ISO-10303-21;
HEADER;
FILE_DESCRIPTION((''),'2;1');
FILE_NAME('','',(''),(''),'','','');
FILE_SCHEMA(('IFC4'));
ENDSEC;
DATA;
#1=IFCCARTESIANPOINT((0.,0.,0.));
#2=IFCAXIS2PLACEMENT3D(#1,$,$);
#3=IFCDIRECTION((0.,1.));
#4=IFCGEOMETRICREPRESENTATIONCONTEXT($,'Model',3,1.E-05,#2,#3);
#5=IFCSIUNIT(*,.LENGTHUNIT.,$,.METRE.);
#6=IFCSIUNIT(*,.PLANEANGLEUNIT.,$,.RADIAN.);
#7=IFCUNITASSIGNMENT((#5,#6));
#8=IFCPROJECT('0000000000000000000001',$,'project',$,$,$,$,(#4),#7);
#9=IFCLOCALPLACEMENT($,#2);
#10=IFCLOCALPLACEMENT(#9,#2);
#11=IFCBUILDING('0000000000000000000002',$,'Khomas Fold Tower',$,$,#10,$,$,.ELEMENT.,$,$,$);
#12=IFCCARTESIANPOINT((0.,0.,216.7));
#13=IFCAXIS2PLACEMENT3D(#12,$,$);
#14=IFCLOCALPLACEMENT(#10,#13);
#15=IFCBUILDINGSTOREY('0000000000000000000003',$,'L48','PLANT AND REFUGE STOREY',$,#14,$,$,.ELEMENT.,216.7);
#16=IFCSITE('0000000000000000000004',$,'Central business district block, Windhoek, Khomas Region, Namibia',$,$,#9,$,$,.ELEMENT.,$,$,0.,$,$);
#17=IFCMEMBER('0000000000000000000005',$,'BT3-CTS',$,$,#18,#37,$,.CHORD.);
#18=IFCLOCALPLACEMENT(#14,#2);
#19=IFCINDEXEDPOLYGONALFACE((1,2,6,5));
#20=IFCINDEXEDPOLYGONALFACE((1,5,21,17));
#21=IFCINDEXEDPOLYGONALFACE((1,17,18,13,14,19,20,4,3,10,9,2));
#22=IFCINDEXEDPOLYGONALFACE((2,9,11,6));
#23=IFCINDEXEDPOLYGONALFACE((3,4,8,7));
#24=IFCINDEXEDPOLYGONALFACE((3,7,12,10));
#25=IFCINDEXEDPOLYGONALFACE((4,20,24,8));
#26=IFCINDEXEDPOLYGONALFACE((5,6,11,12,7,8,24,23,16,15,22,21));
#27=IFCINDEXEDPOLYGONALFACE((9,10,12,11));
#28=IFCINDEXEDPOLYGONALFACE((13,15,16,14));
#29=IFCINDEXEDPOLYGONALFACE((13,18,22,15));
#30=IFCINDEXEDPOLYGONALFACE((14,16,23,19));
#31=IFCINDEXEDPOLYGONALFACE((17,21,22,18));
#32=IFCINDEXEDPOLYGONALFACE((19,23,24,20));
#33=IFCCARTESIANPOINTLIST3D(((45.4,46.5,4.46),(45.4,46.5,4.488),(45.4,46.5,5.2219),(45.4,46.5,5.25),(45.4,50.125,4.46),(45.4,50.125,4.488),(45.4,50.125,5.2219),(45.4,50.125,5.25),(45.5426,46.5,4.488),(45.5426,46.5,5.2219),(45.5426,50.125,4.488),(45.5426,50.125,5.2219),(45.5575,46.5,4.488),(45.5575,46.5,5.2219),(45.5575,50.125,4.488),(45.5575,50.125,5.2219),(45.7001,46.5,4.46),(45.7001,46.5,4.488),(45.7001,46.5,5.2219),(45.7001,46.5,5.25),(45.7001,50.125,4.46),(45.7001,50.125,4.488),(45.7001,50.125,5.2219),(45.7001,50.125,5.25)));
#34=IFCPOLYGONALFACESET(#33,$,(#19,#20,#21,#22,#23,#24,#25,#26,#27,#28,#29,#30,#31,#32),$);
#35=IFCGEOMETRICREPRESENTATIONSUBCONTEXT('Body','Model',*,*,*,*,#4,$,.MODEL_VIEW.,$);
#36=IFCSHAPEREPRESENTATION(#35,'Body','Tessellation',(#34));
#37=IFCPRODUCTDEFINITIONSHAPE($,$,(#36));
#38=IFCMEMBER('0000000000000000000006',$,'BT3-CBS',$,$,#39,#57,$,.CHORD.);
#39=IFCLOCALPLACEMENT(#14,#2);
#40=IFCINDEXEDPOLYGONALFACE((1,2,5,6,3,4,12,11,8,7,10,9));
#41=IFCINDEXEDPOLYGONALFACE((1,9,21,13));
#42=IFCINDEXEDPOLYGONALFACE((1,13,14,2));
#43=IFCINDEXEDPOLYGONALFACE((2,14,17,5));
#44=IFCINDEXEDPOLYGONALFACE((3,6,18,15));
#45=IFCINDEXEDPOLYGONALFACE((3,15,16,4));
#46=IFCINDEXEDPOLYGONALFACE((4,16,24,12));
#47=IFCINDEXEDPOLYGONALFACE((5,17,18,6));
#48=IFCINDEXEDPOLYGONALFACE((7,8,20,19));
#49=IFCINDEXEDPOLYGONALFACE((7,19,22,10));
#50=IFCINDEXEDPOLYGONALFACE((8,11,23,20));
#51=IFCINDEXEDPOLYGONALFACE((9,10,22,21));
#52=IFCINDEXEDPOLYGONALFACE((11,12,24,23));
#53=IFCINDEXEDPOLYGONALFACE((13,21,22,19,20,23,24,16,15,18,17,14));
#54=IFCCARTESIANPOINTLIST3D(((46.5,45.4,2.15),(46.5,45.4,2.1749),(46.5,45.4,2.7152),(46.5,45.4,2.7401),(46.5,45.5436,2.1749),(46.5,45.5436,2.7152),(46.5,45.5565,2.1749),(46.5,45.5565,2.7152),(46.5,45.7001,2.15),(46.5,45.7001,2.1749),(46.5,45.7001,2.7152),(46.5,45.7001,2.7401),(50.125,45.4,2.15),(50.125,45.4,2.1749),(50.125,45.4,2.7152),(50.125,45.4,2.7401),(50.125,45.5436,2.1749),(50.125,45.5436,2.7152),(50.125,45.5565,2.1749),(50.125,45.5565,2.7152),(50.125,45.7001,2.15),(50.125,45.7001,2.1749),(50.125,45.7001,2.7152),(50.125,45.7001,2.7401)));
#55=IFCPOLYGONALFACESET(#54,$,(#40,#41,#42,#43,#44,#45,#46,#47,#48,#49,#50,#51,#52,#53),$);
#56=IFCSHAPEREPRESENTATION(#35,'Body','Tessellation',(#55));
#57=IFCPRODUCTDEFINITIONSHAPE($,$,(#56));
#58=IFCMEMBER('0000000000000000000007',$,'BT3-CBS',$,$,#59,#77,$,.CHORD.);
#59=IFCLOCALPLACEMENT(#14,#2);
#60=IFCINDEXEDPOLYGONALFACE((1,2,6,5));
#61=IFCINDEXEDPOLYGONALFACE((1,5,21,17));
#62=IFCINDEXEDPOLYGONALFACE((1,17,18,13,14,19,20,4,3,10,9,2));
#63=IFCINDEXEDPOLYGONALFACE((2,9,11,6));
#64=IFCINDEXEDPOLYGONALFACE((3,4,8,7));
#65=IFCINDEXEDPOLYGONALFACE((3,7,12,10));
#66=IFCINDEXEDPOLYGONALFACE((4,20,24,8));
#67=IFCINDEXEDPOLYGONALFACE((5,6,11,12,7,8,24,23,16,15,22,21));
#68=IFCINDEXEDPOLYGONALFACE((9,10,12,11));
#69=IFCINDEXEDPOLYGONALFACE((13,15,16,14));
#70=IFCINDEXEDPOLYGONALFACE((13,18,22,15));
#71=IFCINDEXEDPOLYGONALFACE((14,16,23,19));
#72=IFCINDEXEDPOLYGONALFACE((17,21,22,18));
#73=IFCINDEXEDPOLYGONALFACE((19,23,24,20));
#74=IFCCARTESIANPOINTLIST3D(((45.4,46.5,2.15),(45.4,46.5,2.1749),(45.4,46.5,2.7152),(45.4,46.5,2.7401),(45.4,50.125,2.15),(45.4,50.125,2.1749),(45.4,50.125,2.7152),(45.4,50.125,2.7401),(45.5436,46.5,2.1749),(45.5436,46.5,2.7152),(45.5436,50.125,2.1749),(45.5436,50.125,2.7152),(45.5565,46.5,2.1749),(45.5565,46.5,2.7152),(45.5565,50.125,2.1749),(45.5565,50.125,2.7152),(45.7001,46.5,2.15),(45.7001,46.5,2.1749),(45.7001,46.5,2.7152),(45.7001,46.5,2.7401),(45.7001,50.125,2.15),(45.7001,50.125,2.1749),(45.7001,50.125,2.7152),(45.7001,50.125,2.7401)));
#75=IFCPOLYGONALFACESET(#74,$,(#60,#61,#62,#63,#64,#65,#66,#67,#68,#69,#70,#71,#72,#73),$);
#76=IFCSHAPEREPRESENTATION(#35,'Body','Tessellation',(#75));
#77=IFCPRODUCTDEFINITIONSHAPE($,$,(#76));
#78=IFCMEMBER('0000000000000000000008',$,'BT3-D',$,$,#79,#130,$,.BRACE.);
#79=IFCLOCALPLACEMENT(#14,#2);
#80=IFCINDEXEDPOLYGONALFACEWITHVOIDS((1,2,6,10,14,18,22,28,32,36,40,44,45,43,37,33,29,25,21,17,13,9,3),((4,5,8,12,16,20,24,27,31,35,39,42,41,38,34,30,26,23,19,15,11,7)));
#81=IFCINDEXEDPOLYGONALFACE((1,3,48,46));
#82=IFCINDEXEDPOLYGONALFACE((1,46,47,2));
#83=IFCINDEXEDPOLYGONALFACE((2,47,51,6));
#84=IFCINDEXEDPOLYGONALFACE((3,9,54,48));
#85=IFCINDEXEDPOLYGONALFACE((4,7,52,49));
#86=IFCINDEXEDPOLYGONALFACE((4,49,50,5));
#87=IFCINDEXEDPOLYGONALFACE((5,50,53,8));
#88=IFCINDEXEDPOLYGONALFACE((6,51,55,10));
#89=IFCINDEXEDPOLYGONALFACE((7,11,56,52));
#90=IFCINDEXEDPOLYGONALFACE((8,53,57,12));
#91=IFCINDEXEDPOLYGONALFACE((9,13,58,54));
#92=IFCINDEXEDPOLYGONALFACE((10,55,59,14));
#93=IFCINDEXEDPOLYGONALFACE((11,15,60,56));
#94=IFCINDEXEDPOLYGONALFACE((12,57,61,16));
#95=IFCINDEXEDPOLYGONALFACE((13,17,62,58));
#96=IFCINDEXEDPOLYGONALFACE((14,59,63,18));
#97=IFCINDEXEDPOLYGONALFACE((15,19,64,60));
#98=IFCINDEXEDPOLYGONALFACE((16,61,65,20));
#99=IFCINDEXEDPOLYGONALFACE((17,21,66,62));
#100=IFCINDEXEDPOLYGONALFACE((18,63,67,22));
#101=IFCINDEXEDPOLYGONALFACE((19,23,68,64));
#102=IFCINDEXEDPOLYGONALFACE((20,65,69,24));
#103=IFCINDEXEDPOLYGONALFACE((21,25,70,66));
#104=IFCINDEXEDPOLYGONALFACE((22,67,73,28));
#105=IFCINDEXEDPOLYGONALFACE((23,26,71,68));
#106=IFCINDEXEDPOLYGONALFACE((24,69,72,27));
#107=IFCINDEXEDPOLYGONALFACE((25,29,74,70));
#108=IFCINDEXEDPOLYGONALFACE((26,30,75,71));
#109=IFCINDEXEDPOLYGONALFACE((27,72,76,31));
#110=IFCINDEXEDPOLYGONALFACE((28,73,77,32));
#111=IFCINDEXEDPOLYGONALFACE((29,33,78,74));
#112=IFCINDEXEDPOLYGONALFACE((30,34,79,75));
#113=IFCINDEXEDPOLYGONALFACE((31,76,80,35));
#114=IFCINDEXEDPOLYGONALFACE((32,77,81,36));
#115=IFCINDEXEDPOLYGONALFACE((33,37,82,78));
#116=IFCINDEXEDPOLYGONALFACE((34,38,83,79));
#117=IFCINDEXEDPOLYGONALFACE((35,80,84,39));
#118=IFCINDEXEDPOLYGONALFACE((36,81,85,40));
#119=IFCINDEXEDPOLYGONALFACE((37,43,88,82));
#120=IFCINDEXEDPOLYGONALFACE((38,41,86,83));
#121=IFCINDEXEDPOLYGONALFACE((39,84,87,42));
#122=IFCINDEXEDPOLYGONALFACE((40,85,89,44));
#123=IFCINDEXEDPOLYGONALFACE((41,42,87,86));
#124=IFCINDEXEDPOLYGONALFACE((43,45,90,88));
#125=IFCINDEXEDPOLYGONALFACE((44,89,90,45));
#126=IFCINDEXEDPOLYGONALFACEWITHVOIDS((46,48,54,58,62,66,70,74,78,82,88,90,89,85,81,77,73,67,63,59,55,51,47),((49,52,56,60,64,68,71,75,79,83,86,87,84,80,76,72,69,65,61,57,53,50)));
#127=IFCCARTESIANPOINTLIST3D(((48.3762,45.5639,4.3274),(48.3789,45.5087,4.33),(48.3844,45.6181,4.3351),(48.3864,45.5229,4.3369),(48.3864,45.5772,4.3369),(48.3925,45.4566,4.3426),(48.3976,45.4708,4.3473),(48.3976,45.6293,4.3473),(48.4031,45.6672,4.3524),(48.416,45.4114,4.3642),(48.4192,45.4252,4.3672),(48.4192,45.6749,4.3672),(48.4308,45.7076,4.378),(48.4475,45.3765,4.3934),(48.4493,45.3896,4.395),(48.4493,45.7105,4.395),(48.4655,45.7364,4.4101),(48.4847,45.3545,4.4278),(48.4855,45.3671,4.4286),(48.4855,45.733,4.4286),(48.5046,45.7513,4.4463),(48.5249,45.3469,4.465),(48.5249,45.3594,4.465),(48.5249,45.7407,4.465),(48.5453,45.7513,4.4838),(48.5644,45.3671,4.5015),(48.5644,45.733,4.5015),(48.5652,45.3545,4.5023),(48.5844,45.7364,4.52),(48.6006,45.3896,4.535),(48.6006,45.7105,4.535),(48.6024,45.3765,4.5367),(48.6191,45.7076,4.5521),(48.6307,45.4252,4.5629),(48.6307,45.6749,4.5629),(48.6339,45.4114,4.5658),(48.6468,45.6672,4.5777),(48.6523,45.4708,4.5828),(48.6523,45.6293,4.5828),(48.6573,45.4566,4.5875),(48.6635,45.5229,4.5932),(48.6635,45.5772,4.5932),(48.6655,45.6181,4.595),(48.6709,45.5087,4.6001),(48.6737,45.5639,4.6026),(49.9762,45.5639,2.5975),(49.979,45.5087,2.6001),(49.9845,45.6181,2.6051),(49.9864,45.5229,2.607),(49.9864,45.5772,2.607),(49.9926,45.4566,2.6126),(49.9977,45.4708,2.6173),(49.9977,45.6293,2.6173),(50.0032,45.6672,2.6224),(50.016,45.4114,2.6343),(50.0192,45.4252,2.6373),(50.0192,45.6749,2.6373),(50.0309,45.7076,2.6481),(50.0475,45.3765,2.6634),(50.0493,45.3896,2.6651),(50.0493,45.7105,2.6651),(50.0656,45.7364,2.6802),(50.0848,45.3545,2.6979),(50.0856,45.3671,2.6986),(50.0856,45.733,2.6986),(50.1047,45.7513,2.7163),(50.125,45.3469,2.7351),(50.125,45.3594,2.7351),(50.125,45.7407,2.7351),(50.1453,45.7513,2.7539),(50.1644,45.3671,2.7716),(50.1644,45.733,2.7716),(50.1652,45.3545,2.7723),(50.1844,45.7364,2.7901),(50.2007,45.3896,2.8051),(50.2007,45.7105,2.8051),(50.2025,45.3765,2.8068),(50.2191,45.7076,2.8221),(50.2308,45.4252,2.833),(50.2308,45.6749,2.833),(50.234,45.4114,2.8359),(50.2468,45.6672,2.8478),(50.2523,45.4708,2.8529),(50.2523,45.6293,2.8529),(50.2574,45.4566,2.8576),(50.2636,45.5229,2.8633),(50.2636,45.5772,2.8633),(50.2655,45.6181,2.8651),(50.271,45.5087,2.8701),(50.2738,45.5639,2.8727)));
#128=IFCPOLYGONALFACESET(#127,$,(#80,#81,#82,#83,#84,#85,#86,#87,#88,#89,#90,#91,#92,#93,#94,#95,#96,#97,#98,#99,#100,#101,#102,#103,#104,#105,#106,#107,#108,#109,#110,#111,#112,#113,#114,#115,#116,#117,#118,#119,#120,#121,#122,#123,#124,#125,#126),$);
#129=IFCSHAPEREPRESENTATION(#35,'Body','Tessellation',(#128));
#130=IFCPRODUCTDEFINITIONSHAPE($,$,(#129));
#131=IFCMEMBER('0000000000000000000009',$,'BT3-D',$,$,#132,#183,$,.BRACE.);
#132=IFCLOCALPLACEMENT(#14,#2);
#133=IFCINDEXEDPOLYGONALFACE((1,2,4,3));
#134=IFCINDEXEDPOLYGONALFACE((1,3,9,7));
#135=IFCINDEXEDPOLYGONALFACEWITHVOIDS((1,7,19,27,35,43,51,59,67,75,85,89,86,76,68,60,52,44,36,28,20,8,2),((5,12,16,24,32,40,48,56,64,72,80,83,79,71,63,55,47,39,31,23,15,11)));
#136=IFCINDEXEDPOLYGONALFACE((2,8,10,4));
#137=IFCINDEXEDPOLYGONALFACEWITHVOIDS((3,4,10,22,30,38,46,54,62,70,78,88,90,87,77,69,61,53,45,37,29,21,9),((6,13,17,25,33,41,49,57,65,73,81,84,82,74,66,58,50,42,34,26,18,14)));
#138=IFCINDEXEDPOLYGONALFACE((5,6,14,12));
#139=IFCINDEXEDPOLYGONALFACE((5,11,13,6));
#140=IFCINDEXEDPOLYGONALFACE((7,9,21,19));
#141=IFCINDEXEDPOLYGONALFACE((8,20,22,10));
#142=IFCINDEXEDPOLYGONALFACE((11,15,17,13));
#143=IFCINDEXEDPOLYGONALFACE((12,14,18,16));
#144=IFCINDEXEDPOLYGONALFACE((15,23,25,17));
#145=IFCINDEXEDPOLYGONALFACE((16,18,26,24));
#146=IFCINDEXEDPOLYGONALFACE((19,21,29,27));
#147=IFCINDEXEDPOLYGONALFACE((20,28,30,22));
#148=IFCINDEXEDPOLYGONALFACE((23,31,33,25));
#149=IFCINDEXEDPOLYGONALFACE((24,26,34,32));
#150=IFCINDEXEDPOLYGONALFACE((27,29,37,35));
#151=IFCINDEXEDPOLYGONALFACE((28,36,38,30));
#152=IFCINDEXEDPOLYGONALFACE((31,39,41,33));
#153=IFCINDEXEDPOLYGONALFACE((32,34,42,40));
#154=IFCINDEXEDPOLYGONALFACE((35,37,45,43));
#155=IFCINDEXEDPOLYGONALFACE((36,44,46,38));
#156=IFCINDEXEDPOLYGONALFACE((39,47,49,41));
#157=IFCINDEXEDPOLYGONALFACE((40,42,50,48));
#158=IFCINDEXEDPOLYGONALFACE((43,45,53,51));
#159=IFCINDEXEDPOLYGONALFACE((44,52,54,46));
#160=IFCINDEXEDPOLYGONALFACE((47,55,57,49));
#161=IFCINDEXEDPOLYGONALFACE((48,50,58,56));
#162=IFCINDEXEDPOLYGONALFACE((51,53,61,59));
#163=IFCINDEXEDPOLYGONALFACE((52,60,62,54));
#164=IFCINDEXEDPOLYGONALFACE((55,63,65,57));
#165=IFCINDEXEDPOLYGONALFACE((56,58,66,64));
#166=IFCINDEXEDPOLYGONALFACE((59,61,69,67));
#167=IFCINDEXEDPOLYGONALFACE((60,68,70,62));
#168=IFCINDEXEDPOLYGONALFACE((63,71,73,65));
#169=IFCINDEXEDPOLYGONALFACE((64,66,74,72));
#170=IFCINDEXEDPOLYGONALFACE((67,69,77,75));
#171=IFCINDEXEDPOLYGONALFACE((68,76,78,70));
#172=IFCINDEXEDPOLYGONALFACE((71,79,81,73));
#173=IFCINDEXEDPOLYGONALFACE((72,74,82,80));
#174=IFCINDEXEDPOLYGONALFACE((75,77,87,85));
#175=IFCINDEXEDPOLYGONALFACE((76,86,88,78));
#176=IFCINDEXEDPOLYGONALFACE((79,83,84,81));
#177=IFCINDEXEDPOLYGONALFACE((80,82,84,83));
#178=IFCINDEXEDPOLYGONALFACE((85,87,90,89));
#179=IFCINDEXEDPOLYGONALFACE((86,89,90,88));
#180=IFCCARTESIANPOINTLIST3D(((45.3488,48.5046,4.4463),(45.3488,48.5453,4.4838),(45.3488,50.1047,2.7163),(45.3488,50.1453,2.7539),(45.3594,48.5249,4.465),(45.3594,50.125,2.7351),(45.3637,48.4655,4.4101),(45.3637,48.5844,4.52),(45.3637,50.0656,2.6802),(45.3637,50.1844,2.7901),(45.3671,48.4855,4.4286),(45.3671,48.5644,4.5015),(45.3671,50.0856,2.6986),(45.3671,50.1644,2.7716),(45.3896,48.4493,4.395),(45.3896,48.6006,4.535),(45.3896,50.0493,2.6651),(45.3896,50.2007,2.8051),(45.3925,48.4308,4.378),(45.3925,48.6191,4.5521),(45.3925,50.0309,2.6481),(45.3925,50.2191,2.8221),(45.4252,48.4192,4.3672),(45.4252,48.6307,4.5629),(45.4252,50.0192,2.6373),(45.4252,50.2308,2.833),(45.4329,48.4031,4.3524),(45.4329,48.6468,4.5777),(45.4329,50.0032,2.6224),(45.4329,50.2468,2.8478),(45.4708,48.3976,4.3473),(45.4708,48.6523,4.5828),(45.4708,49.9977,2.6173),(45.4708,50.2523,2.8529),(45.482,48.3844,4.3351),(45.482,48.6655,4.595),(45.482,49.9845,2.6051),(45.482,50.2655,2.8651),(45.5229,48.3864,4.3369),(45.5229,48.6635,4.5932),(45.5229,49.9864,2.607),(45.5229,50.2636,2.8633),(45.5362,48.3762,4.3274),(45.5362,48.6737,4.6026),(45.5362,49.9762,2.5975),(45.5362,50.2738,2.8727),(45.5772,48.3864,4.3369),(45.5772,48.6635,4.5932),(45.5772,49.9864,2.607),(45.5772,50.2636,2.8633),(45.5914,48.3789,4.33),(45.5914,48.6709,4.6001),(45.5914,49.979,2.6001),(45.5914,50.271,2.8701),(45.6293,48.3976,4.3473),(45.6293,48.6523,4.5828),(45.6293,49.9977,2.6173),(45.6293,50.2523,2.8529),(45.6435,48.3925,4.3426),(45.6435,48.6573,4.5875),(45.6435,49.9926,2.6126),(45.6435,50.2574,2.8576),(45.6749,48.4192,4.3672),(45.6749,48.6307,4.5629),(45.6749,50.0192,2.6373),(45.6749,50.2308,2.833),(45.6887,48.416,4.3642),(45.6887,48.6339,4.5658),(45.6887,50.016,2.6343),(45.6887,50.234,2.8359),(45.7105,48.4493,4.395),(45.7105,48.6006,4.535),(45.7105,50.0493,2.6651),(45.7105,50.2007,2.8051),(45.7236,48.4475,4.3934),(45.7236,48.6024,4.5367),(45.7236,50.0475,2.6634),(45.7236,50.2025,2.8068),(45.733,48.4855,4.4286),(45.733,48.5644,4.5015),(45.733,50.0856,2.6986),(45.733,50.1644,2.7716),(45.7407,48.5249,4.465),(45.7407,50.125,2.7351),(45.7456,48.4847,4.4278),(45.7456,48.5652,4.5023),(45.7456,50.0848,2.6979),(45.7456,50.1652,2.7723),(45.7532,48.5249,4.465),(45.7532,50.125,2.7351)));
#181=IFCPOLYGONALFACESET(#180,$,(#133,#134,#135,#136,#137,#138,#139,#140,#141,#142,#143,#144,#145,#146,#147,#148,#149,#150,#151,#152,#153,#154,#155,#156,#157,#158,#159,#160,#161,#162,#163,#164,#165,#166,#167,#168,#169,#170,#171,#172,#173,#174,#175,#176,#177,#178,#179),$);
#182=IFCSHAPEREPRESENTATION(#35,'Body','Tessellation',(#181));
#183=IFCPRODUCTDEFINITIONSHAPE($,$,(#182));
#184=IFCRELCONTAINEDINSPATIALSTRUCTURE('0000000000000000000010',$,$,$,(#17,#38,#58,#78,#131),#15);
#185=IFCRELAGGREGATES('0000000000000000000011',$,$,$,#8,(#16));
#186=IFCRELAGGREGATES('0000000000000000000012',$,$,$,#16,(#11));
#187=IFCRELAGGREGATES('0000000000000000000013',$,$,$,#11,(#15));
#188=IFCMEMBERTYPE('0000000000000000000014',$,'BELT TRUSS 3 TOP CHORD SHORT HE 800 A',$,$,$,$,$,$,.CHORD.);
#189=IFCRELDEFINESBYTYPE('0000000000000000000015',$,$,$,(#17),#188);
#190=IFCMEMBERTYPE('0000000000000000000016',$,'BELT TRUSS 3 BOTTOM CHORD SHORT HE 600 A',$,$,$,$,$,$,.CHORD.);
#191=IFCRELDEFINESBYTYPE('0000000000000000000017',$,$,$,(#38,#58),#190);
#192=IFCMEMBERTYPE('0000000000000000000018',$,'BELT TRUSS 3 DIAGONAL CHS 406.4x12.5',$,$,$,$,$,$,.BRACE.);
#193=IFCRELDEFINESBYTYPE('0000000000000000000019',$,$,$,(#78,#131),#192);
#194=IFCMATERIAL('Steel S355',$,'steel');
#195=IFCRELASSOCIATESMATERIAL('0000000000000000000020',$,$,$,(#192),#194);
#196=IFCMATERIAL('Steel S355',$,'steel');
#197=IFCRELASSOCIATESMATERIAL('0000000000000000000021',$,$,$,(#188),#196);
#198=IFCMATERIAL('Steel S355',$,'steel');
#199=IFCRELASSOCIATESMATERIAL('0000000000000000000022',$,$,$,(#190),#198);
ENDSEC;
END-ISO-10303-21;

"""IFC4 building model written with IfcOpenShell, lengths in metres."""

from ifc_helpers import new_model, si_unit, direction, frame, origin, origin_2d, place, context, subcontext, project, spatial, hollow_circle, i_section, extrude, source, transform, mapped, material, material_profile, profile_set, type_object, element, save


model = new_model("IFC4")

# Units and contexts
model_context = context("Model", 3, precision=1e-05, world=origin(), true_north=direction((0.0, 1.0)))
body_context = subcontext(model_context, "Body", "Model", "MODEL_VIEW")
ifc_project = project(units=[si_unit("LENGTHUNIT", "METRE"), si_unit("PLANEANGLEUNIT", "RADIAN")], contexts=[model_context])

# Site, building, storey
site_placement = place(None, origin())
site = spatial("IfcSite", under=ifc_project, at=site_placement, Name="Central business district block, Windhoek, Khomas Region, Namibia", CompositionType="ELEMENT", RefElevation=0.0)
building_placement = place(site_placement, origin())
building = spatial("IfcBuilding", under=site, at=building_placement, Name="Khomas Fold Tower", CompositionType="ELEMENT")
storey_placement = place(building_placement, frame((0.0, 0.0, 216.7)))
storey = spatial("IfcBuildingStorey", under=building, at=storey_placement, Name="L48", Description="PLANT AND REFUGE STOREY", CompositionType="ELEMENT", Elevation=216.7)

# Members
ifc_material_1 = material(Name="Steel S355", Category="steel")
ifc_material_profile_1 = material_profile(ifc_material_1, hollow_circle(Radius=0.2031, WallThickness=0.0125, at=origin_2d()), Name="CHS 406.4x12.5")
ifc_profile_set_1 = profile_set([ifc_material_profile_1], Name="Steel S355")
member_type_1 = type_object("IfcMemberType", Name="BELT TRUSS 3 DIAGONAL CHS 406.4x12.5", PredefinedType="BRACE", material=ifc_profile_set_1)
ifc_material_2 = material(Name="Steel S355", Category="steel")
ifc_material_profile_2 = material_profile(ifc_material_2, i_section(OverallWidth=0.3, OverallDepth=0.79, WebThickness=0.0149, FlangeThickness=0.0281, at=origin_2d()), Name="HE 800 A")
ifc_profile_set_2 = profile_set([ifc_material_profile_2], Name="Steel S355")
member_type_2 = type_object("IfcMemberType", Name="BELT TRUSS 3 TOP CHORD SHORT HE 800 A", PredefinedType="CHORD", material=ifc_profile_set_2)
shared_shape_1 = source(origin(), body_context, "Body", "SweptSolid", [
    extrude(i_section(OverallWidth=0.3, OverallDepth=0.79, WebThickness=0.0149, FlangeThickness=0.0281, at=origin_2d()), origin(), (0.0, 0.0, 1.0), 3.625),
])
for number, where, z_axis, x_axis, name in (
    (1, (45.55, 50.125, 4.855), (0.0, -1.0, 0.0), (1.0, 0.0, 0.0), "BT3-CTS"),
):
    element("IfcMember", number, at=place(storey_placement, frame(where, z_axis=z_axis, x_axis=x_axis)), inside=storey, type_object=member_type_2, Name=name, PredefinedType="CHORD", context=body_context, shape_type="MappedRepresentation", body=[
        mapped(shared_shape_1, transform((0.0, 0.0, 0.0))),
    ])
ifc_material_3 = material(Name="Steel S355", Category="steel")
ifc_material_profile_3 = material_profile(ifc_material_3, i_section(OverallWidth=0.3, OverallDepth=0.5901, WebThickness=0.0129, FlangeThickness=0.0249, at=origin_2d()), Name="HE 600 A")
ifc_profile_set_3 = profile_set([ifc_material_profile_3], Name="Steel S355")
member_type_3 = type_object("IfcMemberType", Name="BELT TRUSS 3 BOTTOM CHORD SHORT HE 600 A", PredefinedType="CHORD", material=ifc_profile_set_3)
shared_shape_2 = source(origin(), body_context, "Body", "SweptSolid", [
    extrude(i_section(OverallWidth=0.3, OverallDepth=0.5901, WebThickness=0.0129, FlangeThickness=0.0249, at=origin_2d()), origin(), (0.0, 0.0, 1.0), 3.625),
])
for number, where, z_axis, x_axis, name in (
    (2, (50.125, 45.55, 2.4451), (-1.0, 0.0, 0.0), (0.0, -1.0, 0.0), "BT3-CBS"),
    (3, (45.55, 50.125, 2.4451), (0.0, -1.0, 0.0), (1.0, 0.0, 0.0), "BT3-CBS"),
):
    element("IfcMember", number, at=place(storey_placement, frame(where, z_axis=z_axis, x_axis=x_axis)), inside=storey, type_object=member_type_3, Name=name, PredefinedType="CHORD", context=body_context, shape_type="MappedRepresentation", body=[
        mapped(shared_shape_2, transform((0.0, 0.0, 0.0))),
    ])
shared_shape_3 = source(origin(), body_context, "Body", "SweptSolid", [
    extrude(hollow_circle(Radius=0.2031, WallThickness=0.0125, at=origin_2d()), origin(), (0.0, 0.0, 1.0), 2.3564),
])
for number, where, z_axis, x_axis, name in (
    (4, (50.125, 45.55, 2.7351), (-0.679011, 0.0, 0.734128), (0.0, -1.0, 0.0), "BT3-D"),
    (5, (45.55, 50.125, 2.7351), (0.0, -0.679011, 0.734128), (1.0, 0.0, 0.0), "BT3-D"),
):
    element("IfcMember", number, at=place(storey_placement, frame(where, z_axis=z_axis, x_axis=x_axis)), inside=storey, type_object=member_type_1, Name=name, PredefinedType="BRACE", context=body_context, shape_type="MappedRepresentation", body=[
        mapped(shared_shape_3, transform((0.0, 0.0, 0.0))),
    ])

save(model, "model.ifc")
